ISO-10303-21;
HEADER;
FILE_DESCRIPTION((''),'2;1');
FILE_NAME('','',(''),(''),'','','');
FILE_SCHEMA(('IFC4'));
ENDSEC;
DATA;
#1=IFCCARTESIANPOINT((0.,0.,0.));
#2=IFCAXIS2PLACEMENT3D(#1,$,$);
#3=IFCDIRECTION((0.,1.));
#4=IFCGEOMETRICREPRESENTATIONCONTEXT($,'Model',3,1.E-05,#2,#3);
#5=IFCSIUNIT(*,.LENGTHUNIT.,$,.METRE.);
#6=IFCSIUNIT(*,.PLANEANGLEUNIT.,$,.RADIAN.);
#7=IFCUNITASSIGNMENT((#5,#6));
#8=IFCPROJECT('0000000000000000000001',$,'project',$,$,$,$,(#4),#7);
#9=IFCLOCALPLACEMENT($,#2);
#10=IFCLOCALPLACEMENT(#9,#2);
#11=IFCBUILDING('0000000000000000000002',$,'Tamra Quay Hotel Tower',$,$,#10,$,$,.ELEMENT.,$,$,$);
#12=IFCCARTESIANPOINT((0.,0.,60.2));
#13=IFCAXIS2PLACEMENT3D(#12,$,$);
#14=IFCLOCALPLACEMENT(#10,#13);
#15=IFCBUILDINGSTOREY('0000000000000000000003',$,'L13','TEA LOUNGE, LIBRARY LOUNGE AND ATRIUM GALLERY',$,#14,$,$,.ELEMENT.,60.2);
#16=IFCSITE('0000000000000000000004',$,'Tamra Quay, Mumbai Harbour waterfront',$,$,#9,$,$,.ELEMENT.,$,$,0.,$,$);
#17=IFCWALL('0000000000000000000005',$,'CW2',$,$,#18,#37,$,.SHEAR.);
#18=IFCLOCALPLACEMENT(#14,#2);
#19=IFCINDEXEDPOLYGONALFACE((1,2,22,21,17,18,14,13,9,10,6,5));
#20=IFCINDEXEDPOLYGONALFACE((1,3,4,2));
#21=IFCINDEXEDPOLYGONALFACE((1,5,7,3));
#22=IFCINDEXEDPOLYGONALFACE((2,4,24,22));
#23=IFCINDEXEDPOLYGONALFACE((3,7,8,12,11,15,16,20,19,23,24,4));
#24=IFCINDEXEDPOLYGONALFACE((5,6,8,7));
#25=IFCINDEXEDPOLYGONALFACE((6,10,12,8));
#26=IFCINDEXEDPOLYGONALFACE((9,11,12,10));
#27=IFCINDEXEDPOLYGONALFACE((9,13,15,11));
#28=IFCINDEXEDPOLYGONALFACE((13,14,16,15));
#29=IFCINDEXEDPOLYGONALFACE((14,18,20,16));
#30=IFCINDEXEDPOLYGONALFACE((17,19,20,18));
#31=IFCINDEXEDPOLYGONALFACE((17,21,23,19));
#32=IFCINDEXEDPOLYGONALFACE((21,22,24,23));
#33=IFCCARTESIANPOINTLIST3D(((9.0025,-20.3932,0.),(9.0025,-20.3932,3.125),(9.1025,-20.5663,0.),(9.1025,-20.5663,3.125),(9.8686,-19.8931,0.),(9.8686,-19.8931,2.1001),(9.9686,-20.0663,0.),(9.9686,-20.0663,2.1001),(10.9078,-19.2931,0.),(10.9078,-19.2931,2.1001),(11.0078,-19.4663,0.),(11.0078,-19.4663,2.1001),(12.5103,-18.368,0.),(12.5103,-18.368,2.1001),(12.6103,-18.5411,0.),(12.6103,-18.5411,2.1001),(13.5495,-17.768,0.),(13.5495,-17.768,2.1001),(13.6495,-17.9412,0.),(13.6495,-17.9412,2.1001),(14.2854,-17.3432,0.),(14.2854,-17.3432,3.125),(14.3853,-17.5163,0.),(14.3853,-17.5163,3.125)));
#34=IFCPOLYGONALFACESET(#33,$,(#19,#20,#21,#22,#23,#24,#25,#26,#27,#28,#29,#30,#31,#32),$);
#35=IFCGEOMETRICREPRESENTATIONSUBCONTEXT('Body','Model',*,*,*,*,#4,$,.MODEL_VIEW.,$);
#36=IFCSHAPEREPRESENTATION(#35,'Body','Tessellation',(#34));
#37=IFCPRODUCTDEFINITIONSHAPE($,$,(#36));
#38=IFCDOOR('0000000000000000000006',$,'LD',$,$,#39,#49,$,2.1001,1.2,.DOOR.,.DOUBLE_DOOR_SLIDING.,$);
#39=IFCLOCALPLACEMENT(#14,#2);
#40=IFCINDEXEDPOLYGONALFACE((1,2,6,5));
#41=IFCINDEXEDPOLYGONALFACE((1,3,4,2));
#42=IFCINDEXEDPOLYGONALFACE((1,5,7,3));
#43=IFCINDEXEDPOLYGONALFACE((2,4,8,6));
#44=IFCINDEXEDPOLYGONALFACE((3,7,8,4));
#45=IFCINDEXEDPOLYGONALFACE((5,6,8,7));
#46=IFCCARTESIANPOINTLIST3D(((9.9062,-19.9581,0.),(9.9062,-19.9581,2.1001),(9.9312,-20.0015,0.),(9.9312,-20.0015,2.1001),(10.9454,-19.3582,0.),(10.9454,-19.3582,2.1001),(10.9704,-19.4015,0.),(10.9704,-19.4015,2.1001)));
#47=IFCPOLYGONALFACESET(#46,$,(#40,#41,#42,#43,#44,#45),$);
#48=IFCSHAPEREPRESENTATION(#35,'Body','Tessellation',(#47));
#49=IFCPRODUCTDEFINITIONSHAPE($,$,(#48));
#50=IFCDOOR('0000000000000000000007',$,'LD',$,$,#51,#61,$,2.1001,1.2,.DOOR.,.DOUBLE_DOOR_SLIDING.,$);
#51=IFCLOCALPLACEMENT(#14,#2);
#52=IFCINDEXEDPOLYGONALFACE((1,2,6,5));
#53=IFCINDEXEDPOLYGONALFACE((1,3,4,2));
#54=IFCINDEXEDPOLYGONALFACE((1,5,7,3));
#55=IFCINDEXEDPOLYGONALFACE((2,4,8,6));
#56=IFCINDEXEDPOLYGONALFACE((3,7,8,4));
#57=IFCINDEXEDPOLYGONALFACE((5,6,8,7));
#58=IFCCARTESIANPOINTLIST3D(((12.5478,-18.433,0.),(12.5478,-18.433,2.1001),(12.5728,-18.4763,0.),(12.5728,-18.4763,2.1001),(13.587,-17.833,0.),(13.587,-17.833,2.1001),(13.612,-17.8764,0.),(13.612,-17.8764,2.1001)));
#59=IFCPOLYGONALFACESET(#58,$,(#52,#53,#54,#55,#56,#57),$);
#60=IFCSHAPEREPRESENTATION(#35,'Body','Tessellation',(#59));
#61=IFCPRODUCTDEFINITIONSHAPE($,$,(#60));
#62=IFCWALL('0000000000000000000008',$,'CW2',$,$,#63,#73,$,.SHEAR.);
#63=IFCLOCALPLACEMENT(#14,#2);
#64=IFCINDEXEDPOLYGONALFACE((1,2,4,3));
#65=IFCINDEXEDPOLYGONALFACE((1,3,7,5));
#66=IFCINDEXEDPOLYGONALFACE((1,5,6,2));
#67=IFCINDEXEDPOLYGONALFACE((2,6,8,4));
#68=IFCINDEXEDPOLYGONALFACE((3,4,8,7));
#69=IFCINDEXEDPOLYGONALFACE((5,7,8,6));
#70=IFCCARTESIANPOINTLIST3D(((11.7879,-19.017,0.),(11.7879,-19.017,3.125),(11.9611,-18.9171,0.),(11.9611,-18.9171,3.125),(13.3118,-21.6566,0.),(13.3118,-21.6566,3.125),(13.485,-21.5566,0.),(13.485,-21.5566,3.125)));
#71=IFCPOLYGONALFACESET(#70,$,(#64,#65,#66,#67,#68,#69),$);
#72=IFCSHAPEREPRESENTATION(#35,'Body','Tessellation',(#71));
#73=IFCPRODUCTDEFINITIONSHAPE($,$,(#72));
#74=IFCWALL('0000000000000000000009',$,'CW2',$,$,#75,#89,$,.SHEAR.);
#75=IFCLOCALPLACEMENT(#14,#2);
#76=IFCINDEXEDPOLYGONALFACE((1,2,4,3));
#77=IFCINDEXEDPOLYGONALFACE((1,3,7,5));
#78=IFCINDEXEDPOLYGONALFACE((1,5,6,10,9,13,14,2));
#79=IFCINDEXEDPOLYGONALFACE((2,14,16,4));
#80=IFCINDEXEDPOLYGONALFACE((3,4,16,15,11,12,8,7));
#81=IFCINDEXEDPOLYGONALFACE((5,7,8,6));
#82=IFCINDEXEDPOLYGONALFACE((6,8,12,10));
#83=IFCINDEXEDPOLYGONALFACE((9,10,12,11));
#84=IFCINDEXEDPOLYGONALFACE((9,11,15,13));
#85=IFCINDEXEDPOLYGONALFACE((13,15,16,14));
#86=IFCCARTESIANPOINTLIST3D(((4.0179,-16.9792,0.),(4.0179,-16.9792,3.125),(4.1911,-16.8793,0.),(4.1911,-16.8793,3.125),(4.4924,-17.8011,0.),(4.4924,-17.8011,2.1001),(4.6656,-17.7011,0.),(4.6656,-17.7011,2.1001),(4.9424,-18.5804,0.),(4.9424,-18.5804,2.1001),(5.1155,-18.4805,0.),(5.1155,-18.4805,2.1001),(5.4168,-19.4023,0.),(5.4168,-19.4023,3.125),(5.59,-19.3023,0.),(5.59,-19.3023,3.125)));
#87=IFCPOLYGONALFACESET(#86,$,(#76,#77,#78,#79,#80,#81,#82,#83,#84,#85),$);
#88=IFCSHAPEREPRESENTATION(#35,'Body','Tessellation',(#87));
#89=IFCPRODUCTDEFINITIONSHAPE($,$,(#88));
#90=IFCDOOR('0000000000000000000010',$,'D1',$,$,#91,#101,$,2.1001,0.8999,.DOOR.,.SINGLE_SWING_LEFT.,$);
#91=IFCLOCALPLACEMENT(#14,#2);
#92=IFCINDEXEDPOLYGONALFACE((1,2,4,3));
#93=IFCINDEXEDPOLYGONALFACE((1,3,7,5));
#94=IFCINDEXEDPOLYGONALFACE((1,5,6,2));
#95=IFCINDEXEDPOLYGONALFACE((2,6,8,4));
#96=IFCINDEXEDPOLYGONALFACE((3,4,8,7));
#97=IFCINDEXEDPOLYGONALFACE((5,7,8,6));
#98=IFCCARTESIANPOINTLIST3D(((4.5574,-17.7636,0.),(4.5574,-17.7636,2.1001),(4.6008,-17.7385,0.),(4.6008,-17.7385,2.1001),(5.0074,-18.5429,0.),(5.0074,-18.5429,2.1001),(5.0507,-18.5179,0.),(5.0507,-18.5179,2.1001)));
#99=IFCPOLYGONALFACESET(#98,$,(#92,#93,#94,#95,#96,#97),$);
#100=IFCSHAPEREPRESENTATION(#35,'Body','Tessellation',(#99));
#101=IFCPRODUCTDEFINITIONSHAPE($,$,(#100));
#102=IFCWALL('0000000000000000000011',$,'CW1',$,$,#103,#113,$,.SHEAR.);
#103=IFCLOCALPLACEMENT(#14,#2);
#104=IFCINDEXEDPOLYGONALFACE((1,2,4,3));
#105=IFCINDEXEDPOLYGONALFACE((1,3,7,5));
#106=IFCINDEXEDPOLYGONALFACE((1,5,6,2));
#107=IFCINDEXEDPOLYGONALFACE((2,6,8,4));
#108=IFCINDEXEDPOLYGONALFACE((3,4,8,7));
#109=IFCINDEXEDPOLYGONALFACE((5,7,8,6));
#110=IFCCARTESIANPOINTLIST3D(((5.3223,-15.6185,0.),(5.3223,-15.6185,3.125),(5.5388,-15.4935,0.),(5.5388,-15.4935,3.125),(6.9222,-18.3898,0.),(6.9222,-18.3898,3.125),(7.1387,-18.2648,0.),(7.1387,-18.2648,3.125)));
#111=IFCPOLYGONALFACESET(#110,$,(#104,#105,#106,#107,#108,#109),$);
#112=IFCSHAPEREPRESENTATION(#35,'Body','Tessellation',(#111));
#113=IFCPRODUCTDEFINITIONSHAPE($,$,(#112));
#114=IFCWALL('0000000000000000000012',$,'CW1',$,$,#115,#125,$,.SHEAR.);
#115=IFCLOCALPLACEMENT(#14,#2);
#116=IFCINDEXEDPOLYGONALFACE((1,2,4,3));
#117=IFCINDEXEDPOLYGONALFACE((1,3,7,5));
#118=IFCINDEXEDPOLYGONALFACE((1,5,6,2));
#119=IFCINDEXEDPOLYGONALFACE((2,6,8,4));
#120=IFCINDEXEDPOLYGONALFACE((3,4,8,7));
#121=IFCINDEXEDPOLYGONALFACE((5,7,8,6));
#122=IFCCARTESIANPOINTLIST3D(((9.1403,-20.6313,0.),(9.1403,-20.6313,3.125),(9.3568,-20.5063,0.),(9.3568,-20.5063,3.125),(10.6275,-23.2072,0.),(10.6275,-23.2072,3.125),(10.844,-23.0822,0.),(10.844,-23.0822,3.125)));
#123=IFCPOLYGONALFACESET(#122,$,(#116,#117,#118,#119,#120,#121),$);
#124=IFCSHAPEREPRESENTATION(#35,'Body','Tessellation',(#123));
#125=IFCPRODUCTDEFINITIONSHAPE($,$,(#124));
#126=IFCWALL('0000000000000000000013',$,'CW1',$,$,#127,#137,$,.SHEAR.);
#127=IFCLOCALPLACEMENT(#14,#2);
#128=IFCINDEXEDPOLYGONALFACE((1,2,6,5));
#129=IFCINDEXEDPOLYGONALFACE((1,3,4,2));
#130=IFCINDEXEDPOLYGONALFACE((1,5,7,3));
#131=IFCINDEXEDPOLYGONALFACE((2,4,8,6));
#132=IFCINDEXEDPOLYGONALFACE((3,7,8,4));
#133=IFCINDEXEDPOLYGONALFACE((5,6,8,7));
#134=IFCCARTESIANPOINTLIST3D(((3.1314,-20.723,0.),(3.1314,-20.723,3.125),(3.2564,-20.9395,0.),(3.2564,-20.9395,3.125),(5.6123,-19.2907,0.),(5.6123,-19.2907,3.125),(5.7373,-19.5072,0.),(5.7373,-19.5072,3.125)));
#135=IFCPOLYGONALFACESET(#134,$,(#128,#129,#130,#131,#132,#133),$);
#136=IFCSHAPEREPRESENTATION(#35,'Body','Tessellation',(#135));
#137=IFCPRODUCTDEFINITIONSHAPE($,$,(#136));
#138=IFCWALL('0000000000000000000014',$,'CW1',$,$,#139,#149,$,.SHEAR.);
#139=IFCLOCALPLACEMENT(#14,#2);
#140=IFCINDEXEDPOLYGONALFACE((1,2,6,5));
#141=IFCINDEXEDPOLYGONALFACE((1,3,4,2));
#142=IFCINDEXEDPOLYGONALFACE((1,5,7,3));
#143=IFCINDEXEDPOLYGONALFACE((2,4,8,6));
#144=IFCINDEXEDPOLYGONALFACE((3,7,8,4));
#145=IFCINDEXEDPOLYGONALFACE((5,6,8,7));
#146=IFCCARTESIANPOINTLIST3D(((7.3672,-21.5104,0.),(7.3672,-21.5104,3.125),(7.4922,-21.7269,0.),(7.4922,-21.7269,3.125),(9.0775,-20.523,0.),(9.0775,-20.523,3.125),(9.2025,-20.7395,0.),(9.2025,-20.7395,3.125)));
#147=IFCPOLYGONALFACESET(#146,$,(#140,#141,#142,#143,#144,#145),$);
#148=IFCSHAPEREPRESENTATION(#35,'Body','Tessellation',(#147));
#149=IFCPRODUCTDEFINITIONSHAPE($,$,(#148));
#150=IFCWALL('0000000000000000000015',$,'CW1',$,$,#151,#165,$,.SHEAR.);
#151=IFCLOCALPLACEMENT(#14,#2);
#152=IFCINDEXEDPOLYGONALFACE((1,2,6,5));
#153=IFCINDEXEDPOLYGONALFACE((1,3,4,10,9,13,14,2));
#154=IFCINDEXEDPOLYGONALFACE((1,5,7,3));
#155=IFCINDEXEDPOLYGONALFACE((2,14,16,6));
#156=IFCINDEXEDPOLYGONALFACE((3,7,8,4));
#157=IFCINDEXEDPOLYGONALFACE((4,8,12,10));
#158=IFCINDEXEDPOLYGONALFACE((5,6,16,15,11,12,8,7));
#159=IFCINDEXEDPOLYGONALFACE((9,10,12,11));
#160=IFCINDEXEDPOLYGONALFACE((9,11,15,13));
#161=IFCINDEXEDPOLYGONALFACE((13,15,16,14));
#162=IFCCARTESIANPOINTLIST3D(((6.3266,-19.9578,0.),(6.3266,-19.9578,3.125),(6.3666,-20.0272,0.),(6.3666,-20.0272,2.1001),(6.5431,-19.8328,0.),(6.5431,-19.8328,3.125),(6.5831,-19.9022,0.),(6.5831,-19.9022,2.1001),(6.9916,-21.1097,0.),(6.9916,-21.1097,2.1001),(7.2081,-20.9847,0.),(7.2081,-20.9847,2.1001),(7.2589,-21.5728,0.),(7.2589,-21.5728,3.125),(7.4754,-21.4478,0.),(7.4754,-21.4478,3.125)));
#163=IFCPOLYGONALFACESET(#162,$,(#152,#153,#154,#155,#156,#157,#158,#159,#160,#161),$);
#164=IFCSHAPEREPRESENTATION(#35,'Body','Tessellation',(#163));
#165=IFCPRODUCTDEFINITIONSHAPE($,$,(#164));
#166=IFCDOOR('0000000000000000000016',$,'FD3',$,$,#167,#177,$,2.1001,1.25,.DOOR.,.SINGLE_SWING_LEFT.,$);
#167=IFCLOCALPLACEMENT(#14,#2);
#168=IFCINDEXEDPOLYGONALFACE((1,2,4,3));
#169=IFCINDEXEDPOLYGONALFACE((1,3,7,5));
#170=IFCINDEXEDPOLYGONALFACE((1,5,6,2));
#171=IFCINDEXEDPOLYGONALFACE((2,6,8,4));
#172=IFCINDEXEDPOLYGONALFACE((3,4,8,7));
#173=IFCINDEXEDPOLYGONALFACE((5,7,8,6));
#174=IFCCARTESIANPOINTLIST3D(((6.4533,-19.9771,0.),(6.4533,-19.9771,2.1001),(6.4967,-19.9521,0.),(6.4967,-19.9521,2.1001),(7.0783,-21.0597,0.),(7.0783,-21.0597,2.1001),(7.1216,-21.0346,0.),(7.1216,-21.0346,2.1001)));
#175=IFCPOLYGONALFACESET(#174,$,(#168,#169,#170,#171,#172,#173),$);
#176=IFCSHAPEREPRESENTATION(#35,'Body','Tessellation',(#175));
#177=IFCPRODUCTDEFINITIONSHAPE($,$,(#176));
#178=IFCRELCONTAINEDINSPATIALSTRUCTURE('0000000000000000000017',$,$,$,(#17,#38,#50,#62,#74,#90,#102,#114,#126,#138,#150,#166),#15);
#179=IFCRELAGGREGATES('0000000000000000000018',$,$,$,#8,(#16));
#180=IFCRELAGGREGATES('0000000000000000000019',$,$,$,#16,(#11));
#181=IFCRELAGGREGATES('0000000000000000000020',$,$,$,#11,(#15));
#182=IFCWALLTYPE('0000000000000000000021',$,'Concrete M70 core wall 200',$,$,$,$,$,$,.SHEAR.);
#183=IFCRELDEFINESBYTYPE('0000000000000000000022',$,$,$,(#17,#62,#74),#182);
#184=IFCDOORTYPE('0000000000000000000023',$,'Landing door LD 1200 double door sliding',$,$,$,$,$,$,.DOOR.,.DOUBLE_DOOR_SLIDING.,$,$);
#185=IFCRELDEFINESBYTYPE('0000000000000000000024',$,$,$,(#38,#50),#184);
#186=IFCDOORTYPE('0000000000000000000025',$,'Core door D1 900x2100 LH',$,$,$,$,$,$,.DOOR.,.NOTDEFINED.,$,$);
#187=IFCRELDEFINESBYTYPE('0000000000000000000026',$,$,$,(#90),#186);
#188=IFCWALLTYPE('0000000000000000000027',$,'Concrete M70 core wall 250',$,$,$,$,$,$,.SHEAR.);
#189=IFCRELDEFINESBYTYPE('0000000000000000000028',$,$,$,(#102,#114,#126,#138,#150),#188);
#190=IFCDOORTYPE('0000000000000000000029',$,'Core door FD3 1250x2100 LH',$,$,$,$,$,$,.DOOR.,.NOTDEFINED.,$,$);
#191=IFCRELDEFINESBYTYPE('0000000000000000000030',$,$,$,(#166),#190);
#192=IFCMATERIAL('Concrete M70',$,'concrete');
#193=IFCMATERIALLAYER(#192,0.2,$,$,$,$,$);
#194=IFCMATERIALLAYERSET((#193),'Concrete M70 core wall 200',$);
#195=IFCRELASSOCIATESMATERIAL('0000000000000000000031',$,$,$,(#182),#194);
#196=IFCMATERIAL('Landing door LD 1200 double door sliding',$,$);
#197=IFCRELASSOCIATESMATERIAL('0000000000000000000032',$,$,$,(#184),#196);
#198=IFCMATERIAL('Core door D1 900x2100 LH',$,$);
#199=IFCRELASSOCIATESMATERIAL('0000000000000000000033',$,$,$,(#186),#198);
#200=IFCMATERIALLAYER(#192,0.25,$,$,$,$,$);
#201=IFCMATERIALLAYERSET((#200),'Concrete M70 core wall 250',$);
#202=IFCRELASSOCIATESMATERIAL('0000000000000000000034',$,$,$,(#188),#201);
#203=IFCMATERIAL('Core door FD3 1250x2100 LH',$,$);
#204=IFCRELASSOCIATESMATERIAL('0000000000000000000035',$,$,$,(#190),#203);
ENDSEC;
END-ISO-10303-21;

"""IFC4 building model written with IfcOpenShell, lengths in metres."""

from ifc_helpers import new_model, si_unit, direction, frame, frame_2d, origin, place, context, subcontext, project, spatial, rectangle, extrude, material, layer, layer_set, type_object, element, fill, save


model = new_model("IFC4")

# Units and contexts
model_context = context("Model", 3, precision=1e-05, world=origin(), true_north=direction((0.0, 1.0)))
body_context = subcontext(model_context, "Body", "Model", "MODEL_VIEW")
ifc_project = project(units=[si_unit("LENGTHUNIT", "METRE"), si_unit("PLANEANGLEUNIT", "RADIAN")], contexts=[model_context])

# Site, building, storey
site_placement = place(None, origin())
site = spatial("IfcSite", under=ifc_project, at=site_placement, Name="Tamra Quay, Mumbai Harbour waterfront", CompositionType="ELEMENT", RefElevation=0.0)
building_placement = place(site_placement, origin())
building = spatial("IfcBuilding", under=site, at=building_placement, Name="Tamra Quay Hotel Tower", CompositionType="ELEMENT")
storey_placement = place(building_placement, frame((0.0, 0.0, 60.2)))
storey = spatial("IfcBuildingStorey", under=building, at=storey_placement, Name="L13", Description="TEA LOUNGE, LIBRARY LOUNGE AND ATRIUM GALLERY", CompositionType="ELEMENT", Elevation=60.2)

# Shared definitions
ifc_material_1 = material(Name="Concrete M70", Category="concrete")

# Wall, openings, doors
ifc_layer_1 = layer(ifc_material_1, 0.2)
ifc_layer_set_1 = layer_set([ifc_layer_1], Name="Concrete M70 core wall 200")
wall_type_1 = type_object("IfcWallType", Name="Concrete M70 core wall 200", PredefinedType="SHEAR", material=ifc_layer_set_1)
wall_1_placement = place(storey_placement, frame((9.0525, -20.4797, 0.0), z_axis=(0.0, 0.0, 1.0), x_axis=(0.86603, 0.499992, 0.0)))
wall_1 = element("IfcWall", 1, at=wall_1_placement, inside=storey, type_object=wall_type_1, Name="CW2", PredefinedType="SHEAR", context=body_context, shape_type="SweptSolid", body=[
    extrude(rectangle(XDim=6.1001, YDim=0.2, at=frame_2d((3.05, 0.0))), origin(), (0.0, 0.0, 1.0), 3.125),
])
opening_1_placement = place(wall_1_placement, frame((1.0, 0.0, 0.0)))
opening_1 = element("IfcOpeningElement", 2, at=opening_1_placement, cuts=wall_1, PredefinedType="OPENING", context=body_context, shape_type="SweptSolid", body=[
    extrude(rectangle(XDim=1.2, YDim=2.1001, at=frame_2d((0.6001, 1.05))), frame((0.0, 0.1099, 0.0), z_axis=(0.0, -1.0, 0.0), x_axis=(1.0, 0.0, 0.0)), (0.0, 0.0, 1.0), 0.22),
])
opening_2_placement = place(wall_1_placement, frame((4.0503, 0.0, 0.0)))
opening_2 = element("IfcOpeningElement", 3, at=opening_2_placement, cuts=wall_1, PredefinedType="OPENING", context=body_context, shape_type="SweptSolid", body=[
    extrude(rectangle(XDim=1.2, YDim=2.1001, at=frame_2d((0.6001, 1.05))), frame((0.0, 0.1099, 0.0), z_axis=(0.0, -1.0, 0.0), x_axis=(1.0, 0.0, 0.0)), (0.0, 0.0, 1.0), 0.22),
])
ifc_material_2 = material(Name="Landing door LD 1200 double door sliding")
door_type_1 = type_object("IfcDoorType", Name="Landing door LD 1200 double door sliding", OperationType="DOUBLE_DOOR_SLIDING", PredefinedType="DOOR", material=ifc_material_2)
door_1_placement = place(opening_1_placement, origin())
door_1 = element("IfcDoor", 4, at=door_1_placement, inside=storey, type_object=door_type_1, Name="LD", OperationType="DOUBLE_DOOR_SLIDING", OverallHeight=2.1001, OverallWidth=1.2, PredefinedType="DOOR", context=body_context, shape_type="SweptSolid", body=[
    extrude(rectangle(XDim=1.2, YDim=2.1001, at=frame_2d((0.6001, 1.05))), frame((0.0, 0.0249, 0.0), z_axis=(0.0, -1.0, 0.0), x_axis=(1.0, 0.0, 0.0)), (0.0, 0.0, 1.0), 0.05),
])
fill(opening_1, door_1)
door_2_placement = place(opening_2_placement, origin())
door_2 = element("IfcDoor", 5, at=door_2_placement, inside=storey, type_object=door_type_1, Name="LD", OperationType="DOUBLE_DOOR_SLIDING", OverallHeight=2.1001, OverallWidth=1.2, PredefinedType="DOOR", context=body_context, shape_type="SweptSolid", body=[
    extrude(rectangle(XDim=1.2, YDim=2.1001, at=frame_2d((0.6001, 1.05))), frame((0.0, 0.0249, 0.0), z_axis=(0.0, -1.0, 0.0), x_axis=(1.0, 0.0, 0.0)), (0.0, 0.0, 1.0), 0.05),
])
fill(opening_2, door_2)

# Wall
wall_2_placement = place(storey_placement, frame((11.8745, -18.967, 0.0), z_axis=(0.0, 0.0, 1.0), x_axis=(0.499981, -0.866036, 0.0)))
element("IfcWall", 6, at=wall_2_placement, inside=storey, type_object=wall_type_1, Name="CW2", PredefinedType="SHEAR", context=body_context, shape_type="SweptSolid", body=[
    extrude(rectangle(XDim=3.0479, YDim=0.2, at=frame_2d((1.5239, 0.0))), origin(), (0.0, 0.0, 1.0), 3.125),
])

# Wall, opening, door
wall_3_placement = place(storey_placement, frame((5.5034, -19.3523, 0.0), z_axis=(0.0, 0.0, 1.0), x_axis=(-0.499987, 0.866033, 0.0)))
wall_3 = element("IfcWall", 7, at=wall_3_placement, inside=storey, type_object=wall_type_1, Name="CW2", PredefinedType="SHEAR", context=body_context, shape_type="SweptSolid", body=[
    extrude(rectangle(XDim=2.7979, YDim=0.2, at=frame_2d((1.3989, 0.0))), origin(), (0.0, 0.0, 1.0), 3.125),
])
opening_3_placement = place(wall_3_placement, frame((0.949, 0.0, 0.0)))
opening_3 = element("IfcOpeningElement", 8, at=opening_3_placement, cuts=wall_3, PredefinedType="OPENING", context=body_context, shape_type="SweptSolid", body=[
    extrude(rectangle(XDim=0.8999, YDim=2.1001, at=frame_2d((0.45, 1.05))), frame((0.0, 0.1099, 0.0), z_axis=(0.0, -1.0, 0.0), x_axis=(1.0, 0.0, 0.0)), (0.0, 0.0, 1.0), 0.22),
])
ifc_material_3 = material(Name="Core door D1 900x2100 LH")
door_type_2 = type_object("IfcDoorType", Name="Core door D1 900x2100 LH", OperationType="NOTDEFINED", PredefinedType="DOOR", material=ifc_material_3)
door_3_placement = place(opening_3_placement, origin())
door_3 = element("IfcDoor", 9, at=door_3_placement, inside=storey, type_object=door_type_2, Name="D1", OperationType="SINGLE_SWING_LEFT", OverallHeight=2.1001, OverallWidth=0.8999, PredefinedType="DOOR", context=body_context, shape_type="SweptSolid", body=[
    extrude(rectangle(XDim=0.8999, YDim=2.1001, at=frame_2d((0.45, 1.05))), frame((0.0, 0.0249, 0.0), z_axis=(0.0, -1.0, 0.0), x_axis=(1.0, 0.0, 0.0)), (0.0, 0.0, 1.0), 0.05),
])
fill(opening_3, door_3)

# Walls
ifc_layer_2 = layer(ifc_material_1, 0.25)
ifc_layer_set_2 = layer_set([ifc_layer_2], Name="Concrete M70 core wall 250")
wall_type_2 = type_object("IfcWallType", Name="Concrete M70 core wall 250", PredefinedType="SHEAR", material=ifc_layer_set_2)
wall_4_placement = place(storey_placement, frame((7.0305, -18.3274, 0.0), z_axis=(0.0, 0.0, 1.0), x_axis=(-0.499971, 0.866042, 0.0)))
element("IfcWall", 10, at=wall_4_placement, inside=storey, type_object=wall_type_2, Name="CW1", PredefinedType="SHEAR", context=body_context, shape_type="SweptSolid", body=[
    extrude(rectangle(XDim=3.2, YDim=0.25, at=frame_2d((1.6001, 0.0))), origin(), (0.0, 0.0, 1.0), 3.125),
])
wall_5_placement = place(storey_placement, frame((10.7358, -23.1448, 0.0), z_axis=(0.0, 0.0, 1.0), x_axis=(-0.500023, 0.866012, 0.0)))
element("IfcWall", 11, at=wall_5_placement, inside=storey, type_object=wall_type_2, Name="CW1", PredefinedType="SHEAR", context=body_context, shape_type="SweptSolid", body=[
    extrude(rectangle(XDim=2.9744, YDim=0.25, at=frame_2d((1.4873, 0.0))), origin(), (0.0, 0.0, 1.0), 3.125),
])
wall_6_placement = place(storey_placement, frame((5.6748, -19.3989, 0.0), z_axis=(0.0, 0.0, 1.0), x_axis=(-0.866027, -0.499998, 0.0)))
element("IfcWall", 12, at=wall_6_placement, inside=storey, type_object=wall_type_2, Name="CW1", PredefinedType="SHEAR", context=body_context, shape_type="SweptSolid", body=[
    extrude(rectangle(XDim=2.8647, YDim=0.25, at=frame_2d((1.4324, 0.0))), origin(), (0.0, 0.0, 1.0), 3.125),
])
wall_7_placement = place(storey_placement, frame((9.1399, -20.6313, 0.0), z_axis=(0.0, 0.0, 1.0), x_axis=(-0.866044, -0.499969, 0.0)))
element("IfcWall", 13, at=wall_7_placement, inside=storey, type_object=wall_type_2, Name="CW1", PredefinedType="SHEAR", context=body_context, shape_type="SweptSolid", body=[
    extrude(rectangle(XDim=1.9749, YDim=0.25, at=frame_2d((0.9873, 0.0))), origin(), (0.0, 0.0, 1.0), 3.125),
])

# Wall, opening, door
wall_8_placement = place(storey_placement, frame((7.3672, -21.5103, 0.0), z_axis=(0.0, 0.0, 1.0), x_axis=(-0.499983, 0.866035, 0.0)))
wall_8 = element("IfcWall", 14, at=wall_8_placement, inside=storey, type_object=wall_type_2, Name="CW1", PredefinedType="SHEAR", context=body_context, shape_type="SweptSolid", body=[
    extrude(rectangle(XDim=1.8647, YDim=0.25, at=frame_2d((0.9324, 0.0))), origin(), (0.0, 0.0, 1.0), 3.125),
])
opening_4_placement = place(wall_8_placement, frame((0.5347, 0.0, 0.0)))
opening_4 = element("IfcOpeningElement", 15, at=opening_4_placement, cuts=wall_8, PredefinedType="OPENING", context=body_context, shape_type="SweptSolid", body=[
    extrude(rectangle(XDim=1.25, YDim=2.1001, at=frame_2d((0.625, 1.05))), frame((0.0, 0.135, 0.0), z_axis=(0.0, -1.0, 0.0), x_axis=(1.0, 0.0, 0.0)), (0.0, 0.0, 1.0), 0.27),
])
ifc_material_4 = material(Name="Core door FD3 1250x2100 LH")
door_type_3 = type_object("IfcDoorType", Name="Core door FD3 1250x2100 LH", OperationType="NOTDEFINED", PredefinedType="DOOR", material=ifc_material_4)
door_4_placement = place(opening_4_placement, origin())
door_4 = element("IfcDoor", 16, at=door_4_placement, inside=storey, type_object=door_type_3, Name="FD3", OperationType="SINGLE_SWING_LEFT", OverallHeight=2.1001, OverallWidth=1.25, PredefinedType="DOOR", context=body_context, shape_type="SweptSolid", body=[
    extrude(rectangle(XDim=1.25, YDim=2.1001, at=frame_2d((0.625, 1.05))), frame((0.0, 0.0249, 0.0), z_axis=(0.0, -1.0, 0.0), x_axis=(1.0, 0.0, 0.0)), (0.0, 0.0, 1.0), 0.05),
])
fill(opening_4, door_4)

save(model, "model.ifc")
